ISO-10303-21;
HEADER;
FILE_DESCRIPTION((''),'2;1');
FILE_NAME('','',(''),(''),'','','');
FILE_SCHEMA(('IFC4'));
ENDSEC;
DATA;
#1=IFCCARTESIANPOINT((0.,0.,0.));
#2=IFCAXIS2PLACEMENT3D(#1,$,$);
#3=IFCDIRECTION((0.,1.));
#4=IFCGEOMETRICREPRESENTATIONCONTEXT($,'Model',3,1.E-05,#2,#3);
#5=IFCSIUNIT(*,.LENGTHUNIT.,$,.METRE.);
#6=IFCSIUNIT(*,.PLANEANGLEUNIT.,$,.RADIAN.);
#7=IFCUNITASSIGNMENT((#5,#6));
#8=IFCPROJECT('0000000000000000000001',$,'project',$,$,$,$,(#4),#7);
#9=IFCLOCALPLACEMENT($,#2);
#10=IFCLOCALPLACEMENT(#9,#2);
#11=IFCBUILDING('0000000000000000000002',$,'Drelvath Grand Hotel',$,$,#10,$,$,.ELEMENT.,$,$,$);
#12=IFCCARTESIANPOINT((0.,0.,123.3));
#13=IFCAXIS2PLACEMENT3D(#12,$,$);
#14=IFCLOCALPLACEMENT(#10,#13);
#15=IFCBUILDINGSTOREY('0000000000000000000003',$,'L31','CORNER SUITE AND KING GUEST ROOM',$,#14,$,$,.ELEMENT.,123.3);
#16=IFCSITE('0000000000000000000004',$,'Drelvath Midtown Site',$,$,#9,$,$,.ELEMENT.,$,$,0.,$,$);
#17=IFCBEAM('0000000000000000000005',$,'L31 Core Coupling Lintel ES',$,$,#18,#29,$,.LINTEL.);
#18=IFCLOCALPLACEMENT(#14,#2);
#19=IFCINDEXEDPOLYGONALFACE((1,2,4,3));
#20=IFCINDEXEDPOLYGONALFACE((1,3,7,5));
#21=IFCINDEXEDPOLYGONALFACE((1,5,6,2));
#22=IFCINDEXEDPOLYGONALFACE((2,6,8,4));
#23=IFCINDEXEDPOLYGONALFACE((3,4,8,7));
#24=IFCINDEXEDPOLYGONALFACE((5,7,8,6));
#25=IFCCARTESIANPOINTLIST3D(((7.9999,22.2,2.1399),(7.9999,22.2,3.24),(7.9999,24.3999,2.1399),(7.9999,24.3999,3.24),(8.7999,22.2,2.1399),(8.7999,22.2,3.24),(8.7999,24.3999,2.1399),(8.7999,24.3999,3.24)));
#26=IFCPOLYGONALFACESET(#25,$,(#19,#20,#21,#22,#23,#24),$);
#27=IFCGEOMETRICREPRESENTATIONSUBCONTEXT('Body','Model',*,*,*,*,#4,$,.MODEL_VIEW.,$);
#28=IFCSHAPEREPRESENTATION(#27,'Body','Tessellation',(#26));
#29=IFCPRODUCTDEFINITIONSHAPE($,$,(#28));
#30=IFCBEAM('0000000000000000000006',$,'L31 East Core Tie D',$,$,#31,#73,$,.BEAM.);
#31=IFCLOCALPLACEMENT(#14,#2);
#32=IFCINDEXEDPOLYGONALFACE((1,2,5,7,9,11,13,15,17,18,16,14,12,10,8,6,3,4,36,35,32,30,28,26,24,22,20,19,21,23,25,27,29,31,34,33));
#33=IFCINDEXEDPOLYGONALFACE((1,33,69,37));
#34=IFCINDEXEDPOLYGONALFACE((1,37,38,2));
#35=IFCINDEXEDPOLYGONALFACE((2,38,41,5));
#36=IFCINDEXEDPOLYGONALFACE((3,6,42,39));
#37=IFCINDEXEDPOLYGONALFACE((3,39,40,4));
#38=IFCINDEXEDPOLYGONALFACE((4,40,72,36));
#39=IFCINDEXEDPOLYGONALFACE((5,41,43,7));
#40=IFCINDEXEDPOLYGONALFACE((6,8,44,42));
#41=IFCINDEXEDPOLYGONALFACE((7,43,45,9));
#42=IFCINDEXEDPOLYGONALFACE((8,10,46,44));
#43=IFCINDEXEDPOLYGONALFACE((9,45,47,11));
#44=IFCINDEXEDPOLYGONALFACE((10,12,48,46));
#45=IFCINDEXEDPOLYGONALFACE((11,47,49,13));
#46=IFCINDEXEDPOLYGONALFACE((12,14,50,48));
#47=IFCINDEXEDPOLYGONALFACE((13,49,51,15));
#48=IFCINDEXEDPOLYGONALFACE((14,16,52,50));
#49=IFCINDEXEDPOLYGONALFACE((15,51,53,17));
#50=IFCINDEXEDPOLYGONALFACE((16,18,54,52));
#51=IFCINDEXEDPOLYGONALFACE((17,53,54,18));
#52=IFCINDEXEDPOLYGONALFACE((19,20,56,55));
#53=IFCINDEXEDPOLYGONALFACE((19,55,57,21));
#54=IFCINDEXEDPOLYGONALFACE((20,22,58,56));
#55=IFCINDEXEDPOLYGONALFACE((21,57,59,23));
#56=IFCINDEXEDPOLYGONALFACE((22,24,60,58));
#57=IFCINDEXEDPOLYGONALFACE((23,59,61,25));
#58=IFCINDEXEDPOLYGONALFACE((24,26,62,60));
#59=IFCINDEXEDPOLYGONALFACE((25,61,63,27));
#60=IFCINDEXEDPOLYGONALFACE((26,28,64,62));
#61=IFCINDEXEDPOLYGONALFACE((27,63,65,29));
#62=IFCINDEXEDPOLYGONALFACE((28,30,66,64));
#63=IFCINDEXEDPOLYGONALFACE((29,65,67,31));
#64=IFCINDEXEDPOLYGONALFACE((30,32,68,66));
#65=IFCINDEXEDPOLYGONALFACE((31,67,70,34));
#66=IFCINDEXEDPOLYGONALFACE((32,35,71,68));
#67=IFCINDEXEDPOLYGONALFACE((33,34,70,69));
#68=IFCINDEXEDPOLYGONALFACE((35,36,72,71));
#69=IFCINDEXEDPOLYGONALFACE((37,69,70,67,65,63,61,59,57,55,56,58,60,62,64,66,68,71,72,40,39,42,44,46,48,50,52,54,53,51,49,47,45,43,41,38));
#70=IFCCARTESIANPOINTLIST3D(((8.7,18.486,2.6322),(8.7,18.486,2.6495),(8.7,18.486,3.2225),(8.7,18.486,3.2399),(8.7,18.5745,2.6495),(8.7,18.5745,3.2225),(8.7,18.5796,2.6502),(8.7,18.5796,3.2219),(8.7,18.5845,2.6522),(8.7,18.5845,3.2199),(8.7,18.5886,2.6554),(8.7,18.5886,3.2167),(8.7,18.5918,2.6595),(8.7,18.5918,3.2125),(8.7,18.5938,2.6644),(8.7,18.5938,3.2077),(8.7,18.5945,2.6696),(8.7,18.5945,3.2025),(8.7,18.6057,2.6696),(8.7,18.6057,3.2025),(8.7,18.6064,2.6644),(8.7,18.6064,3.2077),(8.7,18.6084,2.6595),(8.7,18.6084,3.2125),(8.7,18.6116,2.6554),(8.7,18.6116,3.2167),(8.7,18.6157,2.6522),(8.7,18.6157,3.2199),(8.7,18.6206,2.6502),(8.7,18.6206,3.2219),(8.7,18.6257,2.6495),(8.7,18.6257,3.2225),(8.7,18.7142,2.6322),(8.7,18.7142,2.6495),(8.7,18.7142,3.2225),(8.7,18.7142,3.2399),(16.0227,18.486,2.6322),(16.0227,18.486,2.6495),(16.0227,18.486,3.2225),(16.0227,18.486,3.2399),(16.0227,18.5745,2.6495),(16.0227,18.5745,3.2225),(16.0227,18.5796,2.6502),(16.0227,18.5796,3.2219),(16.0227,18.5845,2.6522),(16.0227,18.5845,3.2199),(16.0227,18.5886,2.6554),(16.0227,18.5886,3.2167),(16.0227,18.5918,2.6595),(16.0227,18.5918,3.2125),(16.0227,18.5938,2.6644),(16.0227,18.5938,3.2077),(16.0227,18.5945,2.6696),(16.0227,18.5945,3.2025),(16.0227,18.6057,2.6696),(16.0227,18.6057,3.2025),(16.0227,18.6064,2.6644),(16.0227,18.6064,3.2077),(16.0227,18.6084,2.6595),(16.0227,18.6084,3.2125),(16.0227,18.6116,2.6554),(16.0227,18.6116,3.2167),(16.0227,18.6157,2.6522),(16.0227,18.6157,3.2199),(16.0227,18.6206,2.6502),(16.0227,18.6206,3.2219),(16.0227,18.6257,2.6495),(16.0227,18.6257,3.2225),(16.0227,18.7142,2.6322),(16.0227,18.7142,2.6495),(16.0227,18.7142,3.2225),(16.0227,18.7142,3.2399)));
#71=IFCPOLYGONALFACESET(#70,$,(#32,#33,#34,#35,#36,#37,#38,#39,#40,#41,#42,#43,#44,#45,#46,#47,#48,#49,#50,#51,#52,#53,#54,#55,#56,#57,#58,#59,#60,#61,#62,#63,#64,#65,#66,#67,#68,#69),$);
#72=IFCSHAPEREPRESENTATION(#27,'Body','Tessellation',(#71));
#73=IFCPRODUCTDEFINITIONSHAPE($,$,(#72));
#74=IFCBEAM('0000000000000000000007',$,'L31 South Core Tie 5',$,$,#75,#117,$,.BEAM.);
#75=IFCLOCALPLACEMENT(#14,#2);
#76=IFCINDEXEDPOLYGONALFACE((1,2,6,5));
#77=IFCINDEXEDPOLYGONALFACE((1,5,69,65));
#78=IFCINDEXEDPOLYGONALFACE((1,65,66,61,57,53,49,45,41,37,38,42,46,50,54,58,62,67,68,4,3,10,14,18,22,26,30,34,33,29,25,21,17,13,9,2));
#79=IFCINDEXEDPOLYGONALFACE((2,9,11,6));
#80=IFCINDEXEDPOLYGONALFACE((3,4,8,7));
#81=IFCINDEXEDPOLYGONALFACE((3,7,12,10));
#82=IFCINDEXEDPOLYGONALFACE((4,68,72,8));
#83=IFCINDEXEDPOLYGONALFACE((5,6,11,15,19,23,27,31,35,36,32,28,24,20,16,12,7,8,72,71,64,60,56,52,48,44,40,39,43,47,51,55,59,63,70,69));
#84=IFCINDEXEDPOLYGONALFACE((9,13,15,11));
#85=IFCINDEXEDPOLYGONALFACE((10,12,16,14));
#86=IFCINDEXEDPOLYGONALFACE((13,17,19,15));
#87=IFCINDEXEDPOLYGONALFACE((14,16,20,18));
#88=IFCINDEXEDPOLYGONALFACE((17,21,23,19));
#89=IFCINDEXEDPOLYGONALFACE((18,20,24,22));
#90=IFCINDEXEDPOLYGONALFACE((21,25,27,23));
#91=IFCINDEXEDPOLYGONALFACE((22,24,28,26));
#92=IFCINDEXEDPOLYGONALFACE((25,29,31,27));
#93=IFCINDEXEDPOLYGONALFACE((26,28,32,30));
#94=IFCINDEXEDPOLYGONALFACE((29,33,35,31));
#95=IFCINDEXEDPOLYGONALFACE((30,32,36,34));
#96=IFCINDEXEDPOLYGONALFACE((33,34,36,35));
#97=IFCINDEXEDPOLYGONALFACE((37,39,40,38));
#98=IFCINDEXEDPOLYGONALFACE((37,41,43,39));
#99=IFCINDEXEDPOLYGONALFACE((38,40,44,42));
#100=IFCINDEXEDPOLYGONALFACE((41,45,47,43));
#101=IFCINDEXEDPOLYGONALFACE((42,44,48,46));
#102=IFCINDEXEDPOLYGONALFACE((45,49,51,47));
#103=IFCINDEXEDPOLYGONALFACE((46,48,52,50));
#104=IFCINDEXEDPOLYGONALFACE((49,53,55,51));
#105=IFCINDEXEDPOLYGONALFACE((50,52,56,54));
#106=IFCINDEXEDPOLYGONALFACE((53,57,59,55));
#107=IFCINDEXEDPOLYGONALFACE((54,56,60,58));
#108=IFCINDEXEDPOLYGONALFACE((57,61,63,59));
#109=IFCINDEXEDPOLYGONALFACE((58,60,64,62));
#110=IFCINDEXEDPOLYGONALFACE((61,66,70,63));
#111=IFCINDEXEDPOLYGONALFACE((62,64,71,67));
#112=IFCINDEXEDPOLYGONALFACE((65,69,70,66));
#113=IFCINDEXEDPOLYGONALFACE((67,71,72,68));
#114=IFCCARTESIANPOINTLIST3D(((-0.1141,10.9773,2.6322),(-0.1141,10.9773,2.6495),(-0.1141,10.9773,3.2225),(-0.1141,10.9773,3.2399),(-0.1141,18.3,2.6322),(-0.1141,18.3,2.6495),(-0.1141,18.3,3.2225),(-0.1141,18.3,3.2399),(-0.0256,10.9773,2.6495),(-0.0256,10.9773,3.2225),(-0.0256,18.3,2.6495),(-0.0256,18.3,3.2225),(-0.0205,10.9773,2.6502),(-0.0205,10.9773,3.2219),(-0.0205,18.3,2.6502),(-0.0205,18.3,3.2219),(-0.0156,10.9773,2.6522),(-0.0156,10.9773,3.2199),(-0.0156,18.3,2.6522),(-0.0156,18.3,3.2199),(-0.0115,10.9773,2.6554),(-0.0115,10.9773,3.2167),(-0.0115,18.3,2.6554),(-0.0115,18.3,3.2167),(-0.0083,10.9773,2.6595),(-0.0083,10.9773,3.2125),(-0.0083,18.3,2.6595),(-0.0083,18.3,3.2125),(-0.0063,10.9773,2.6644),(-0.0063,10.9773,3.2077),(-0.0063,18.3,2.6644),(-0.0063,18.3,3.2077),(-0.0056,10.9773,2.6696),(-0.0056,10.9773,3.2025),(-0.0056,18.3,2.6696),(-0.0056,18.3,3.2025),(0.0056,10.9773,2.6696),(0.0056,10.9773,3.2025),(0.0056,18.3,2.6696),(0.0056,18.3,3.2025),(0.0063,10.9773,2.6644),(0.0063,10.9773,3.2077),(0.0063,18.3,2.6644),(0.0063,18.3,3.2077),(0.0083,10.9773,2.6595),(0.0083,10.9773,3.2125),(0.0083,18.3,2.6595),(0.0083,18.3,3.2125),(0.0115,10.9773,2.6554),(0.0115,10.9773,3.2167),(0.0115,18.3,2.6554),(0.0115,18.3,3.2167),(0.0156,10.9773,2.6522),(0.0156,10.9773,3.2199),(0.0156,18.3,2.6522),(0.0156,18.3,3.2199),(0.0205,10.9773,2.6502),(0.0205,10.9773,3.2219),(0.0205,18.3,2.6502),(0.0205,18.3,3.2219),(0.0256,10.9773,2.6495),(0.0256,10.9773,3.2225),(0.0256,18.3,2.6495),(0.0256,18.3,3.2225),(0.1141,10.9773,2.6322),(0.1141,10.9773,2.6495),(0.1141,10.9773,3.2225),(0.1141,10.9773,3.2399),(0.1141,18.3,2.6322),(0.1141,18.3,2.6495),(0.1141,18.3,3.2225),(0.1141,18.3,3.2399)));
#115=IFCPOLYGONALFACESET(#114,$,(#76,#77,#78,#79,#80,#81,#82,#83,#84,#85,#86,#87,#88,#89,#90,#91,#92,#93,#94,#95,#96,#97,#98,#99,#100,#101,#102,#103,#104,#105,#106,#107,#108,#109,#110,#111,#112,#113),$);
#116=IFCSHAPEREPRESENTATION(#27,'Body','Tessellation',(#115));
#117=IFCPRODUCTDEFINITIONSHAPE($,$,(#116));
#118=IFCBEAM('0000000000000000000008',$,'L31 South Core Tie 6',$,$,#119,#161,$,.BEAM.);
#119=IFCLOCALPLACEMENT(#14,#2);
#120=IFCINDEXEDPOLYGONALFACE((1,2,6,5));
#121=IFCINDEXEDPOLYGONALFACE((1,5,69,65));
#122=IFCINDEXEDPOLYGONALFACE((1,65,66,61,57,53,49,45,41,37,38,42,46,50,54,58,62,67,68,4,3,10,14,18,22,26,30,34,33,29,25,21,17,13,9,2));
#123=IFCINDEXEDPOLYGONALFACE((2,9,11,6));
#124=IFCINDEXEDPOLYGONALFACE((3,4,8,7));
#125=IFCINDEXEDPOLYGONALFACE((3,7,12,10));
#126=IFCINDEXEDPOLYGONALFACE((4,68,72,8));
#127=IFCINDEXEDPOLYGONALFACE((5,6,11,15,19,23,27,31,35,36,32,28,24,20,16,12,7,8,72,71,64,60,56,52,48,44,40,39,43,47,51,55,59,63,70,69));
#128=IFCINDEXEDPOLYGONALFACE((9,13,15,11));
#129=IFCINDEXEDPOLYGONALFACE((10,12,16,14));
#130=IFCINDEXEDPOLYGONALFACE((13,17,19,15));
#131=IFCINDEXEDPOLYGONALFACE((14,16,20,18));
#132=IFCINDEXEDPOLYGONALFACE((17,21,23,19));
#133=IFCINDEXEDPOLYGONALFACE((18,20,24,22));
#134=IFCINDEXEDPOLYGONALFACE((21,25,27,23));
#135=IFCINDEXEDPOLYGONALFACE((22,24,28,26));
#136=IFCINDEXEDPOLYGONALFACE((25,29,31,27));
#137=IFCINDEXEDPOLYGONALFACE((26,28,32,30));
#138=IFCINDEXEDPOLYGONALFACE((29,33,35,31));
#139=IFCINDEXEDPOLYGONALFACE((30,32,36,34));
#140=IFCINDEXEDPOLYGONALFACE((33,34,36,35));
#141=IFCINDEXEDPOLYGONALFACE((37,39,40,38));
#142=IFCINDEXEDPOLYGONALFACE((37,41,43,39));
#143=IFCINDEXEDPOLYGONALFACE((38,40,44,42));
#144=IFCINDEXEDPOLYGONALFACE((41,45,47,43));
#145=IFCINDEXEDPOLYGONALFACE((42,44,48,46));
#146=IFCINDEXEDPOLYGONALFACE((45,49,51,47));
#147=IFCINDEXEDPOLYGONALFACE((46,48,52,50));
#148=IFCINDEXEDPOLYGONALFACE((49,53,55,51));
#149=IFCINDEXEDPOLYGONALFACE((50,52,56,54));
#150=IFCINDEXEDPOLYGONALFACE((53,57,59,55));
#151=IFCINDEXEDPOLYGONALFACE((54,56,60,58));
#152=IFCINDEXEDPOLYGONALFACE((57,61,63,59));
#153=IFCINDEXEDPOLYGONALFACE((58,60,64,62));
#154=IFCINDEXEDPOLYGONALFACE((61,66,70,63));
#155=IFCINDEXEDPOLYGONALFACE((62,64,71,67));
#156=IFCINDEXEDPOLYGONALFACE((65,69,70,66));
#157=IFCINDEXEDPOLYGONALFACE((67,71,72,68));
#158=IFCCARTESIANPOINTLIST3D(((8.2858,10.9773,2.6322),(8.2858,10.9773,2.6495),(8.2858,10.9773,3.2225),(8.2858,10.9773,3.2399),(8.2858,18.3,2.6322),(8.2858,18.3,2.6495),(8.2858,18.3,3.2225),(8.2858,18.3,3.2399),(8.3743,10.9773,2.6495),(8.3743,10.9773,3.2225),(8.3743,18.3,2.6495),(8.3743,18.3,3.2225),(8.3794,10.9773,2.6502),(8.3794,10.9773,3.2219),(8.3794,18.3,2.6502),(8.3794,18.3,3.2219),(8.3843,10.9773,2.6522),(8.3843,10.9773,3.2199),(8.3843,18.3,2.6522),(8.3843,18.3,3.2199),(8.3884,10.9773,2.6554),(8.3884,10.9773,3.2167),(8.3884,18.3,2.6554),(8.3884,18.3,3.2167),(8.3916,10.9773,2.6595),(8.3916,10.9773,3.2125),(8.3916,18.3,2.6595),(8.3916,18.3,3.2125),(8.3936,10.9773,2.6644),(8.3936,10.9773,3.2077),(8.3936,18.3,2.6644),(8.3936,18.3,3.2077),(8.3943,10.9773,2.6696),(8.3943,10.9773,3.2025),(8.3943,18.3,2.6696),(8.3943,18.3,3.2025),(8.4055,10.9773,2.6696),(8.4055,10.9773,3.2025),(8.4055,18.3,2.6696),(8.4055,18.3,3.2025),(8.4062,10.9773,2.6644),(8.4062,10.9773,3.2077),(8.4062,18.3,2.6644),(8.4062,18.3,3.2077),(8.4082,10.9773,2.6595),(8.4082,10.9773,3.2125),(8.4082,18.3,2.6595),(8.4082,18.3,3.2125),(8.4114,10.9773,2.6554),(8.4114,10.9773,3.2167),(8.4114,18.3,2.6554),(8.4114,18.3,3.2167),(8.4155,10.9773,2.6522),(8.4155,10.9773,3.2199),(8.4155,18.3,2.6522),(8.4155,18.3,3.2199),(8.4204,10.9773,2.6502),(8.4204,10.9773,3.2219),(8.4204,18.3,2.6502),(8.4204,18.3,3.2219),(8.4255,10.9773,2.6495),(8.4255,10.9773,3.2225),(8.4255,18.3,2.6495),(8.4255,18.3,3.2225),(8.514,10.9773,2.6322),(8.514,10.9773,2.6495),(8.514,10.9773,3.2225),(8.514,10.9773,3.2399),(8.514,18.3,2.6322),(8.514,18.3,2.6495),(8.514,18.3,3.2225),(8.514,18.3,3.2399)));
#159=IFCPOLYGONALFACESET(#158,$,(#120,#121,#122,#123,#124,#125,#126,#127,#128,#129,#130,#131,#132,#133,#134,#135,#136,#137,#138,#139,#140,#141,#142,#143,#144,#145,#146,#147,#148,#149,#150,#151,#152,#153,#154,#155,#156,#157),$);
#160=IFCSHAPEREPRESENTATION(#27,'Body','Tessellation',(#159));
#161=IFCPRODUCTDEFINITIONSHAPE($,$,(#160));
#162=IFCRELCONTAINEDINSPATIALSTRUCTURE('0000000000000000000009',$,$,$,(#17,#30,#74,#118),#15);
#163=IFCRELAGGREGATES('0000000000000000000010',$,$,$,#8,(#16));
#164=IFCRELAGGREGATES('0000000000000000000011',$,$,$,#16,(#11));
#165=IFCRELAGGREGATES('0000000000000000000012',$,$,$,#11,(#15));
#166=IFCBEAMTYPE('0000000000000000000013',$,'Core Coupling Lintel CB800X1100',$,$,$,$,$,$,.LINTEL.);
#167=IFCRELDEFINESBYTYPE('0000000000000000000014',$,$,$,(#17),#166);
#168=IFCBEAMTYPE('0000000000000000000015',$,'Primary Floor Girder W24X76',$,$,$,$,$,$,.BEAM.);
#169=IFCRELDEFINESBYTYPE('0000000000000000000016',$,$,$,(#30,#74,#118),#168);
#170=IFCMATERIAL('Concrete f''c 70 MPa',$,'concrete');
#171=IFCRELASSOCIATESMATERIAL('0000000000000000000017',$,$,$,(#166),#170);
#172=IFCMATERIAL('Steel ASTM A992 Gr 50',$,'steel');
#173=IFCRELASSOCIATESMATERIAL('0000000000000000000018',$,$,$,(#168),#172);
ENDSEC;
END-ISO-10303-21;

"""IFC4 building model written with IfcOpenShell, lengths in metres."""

from ifc_helpers import new_model, si_unit, direction, frame, origin, origin_2d, place, context, subcontext, project, spatial, rectangle, i_section, extrude, material, material_profile, profile_set, type_object, element, save


model = new_model("IFC4")

# Units and contexts
model_context = context("Model", 3, precision=1e-05, world=origin(), true_north=direction((0.0, 1.0)))
body_context = subcontext(model_context, "Body", "Model", "MODEL_VIEW")
ifc_project = project(units=[si_unit("LENGTHUNIT", "METRE"), si_unit("PLANEANGLEUNIT", "RADIAN")], contexts=[model_context])

# Site, building, storey
site_placement = place(None, origin())
site = spatial("IfcSite", under=ifc_project, at=site_placement, Name="Drelvath Midtown Site", CompositionType="ELEMENT", RefElevation=0.0)
building_placement = place(site_placement, origin())
building = spatial("IfcBuilding", under=site, at=building_placement, Name="Drelvath Grand Hotel", CompositionType="ELEMENT")
storey_placement = place(building_placement, frame((0.0, 0.0, 123.3)))
storey = spatial("IfcBuildingStorey", under=building, at=storey_placement, Name="L31", Description="CORNER SUITE AND KING GUEST ROOM", CompositionType="ELEMENT", Elevation=123.3)

# Beams
ifc_material_1 = material(Name="Concrete f'c 70 MPa", Category="concrete")
ifc_material_profile_1 = material_profile(ifc_material_1, rectangle(XDim=0.8, YDim=1.1001, at=origin_2d()), Name="CB800X1100")
ifc_profile_set_1 = profile_set([ifc_material_profile_1], Name="Concrete f'c 70 MPa")
beam_type_1 = type_object("IfcBeamType", Name="Core Coupling Lintel CB800X1100", PredefinedType="LINTEL", material=ifc_profile_set_1)
beam_placement = place(storey_placement, frame((8.3999, 22.2, 2.6899), z_axis=(0.0, 1.0, 0.0), x_axis=(-1.0, 0.0, 0.0)))
element("IfcBeam", 1, at=beam_placement, inside=storey, type_object=beam_type_1, Name="L31 Core Coupling Lintel ES", PredefinedType="LINTEL", context=body_context, shape_type="SweptSolid", body=[
    extrude(rectangle(XDim=0.8, YDim=1.1001, at=origin_2d()), origin(), (0.0, 0.0, 1.0), 2.2),
])
ifc_material_2 = material(Name="Steel ASTM A992 Gr 50", Category="steel")
ifc_material_profile_2 = material_profile(ifc_material_2, i_section(OverallWidth=0.2283, OverallDepth=0.6077, WebThickness=0.0112, FlangeThickness=0.0173, FilletRadius=0.02, at=origin_2d()), Name="W24X76")
ifc_profile_set_2 = profile_set([ifc_material_profile_2], Name="Steel ASTM A992 Gr 50")
beam_type_2 = type_object("IfcBeamType", Name="Primary Floor Girder W24X76", PredefinedType="BEAM", material=ifc_profile_set_2)
for number, where, z_axis, x_axis, name in (
    (2, (8.7, 18.6001, 2.936), (1.0, 0.0, 0.0), (0.0, 1.0, 0.0), "L31 East Core Tie D"),
    (3, (0.0, 10.9773, 2.936), (0.0, 1.0, 0.0), (-1.0, 0.0, 0.0), "L31 South Core Tie 5"),
    (4, (8.3999, 10.9773, 2.936), (0.0, 1.0, 0.0), (-1.0, 0.0, 0.0), "L31 South Core Tie 6"),
):
    element("IfcBeam", number, at=place(storey_placement, frame(where, z_axis=z_axis, x_axis=x_axis)), inside=storey, type_object=beam_type_2, Name=name, PredefinedType="BEAM", context=body_context, shape_type="SweptSolid", body=[
        extrude(i_section(OverallWidth=0.2283, OverallDepth=0.6077, WebThickness=0.0112, FlangeThickness=0.0173, FilletRadius=0.02, at=origin_2d()), origin(), (0.0, 0.0, 1.0), 7.3228),
    ])

save(model, "model.ifc")
